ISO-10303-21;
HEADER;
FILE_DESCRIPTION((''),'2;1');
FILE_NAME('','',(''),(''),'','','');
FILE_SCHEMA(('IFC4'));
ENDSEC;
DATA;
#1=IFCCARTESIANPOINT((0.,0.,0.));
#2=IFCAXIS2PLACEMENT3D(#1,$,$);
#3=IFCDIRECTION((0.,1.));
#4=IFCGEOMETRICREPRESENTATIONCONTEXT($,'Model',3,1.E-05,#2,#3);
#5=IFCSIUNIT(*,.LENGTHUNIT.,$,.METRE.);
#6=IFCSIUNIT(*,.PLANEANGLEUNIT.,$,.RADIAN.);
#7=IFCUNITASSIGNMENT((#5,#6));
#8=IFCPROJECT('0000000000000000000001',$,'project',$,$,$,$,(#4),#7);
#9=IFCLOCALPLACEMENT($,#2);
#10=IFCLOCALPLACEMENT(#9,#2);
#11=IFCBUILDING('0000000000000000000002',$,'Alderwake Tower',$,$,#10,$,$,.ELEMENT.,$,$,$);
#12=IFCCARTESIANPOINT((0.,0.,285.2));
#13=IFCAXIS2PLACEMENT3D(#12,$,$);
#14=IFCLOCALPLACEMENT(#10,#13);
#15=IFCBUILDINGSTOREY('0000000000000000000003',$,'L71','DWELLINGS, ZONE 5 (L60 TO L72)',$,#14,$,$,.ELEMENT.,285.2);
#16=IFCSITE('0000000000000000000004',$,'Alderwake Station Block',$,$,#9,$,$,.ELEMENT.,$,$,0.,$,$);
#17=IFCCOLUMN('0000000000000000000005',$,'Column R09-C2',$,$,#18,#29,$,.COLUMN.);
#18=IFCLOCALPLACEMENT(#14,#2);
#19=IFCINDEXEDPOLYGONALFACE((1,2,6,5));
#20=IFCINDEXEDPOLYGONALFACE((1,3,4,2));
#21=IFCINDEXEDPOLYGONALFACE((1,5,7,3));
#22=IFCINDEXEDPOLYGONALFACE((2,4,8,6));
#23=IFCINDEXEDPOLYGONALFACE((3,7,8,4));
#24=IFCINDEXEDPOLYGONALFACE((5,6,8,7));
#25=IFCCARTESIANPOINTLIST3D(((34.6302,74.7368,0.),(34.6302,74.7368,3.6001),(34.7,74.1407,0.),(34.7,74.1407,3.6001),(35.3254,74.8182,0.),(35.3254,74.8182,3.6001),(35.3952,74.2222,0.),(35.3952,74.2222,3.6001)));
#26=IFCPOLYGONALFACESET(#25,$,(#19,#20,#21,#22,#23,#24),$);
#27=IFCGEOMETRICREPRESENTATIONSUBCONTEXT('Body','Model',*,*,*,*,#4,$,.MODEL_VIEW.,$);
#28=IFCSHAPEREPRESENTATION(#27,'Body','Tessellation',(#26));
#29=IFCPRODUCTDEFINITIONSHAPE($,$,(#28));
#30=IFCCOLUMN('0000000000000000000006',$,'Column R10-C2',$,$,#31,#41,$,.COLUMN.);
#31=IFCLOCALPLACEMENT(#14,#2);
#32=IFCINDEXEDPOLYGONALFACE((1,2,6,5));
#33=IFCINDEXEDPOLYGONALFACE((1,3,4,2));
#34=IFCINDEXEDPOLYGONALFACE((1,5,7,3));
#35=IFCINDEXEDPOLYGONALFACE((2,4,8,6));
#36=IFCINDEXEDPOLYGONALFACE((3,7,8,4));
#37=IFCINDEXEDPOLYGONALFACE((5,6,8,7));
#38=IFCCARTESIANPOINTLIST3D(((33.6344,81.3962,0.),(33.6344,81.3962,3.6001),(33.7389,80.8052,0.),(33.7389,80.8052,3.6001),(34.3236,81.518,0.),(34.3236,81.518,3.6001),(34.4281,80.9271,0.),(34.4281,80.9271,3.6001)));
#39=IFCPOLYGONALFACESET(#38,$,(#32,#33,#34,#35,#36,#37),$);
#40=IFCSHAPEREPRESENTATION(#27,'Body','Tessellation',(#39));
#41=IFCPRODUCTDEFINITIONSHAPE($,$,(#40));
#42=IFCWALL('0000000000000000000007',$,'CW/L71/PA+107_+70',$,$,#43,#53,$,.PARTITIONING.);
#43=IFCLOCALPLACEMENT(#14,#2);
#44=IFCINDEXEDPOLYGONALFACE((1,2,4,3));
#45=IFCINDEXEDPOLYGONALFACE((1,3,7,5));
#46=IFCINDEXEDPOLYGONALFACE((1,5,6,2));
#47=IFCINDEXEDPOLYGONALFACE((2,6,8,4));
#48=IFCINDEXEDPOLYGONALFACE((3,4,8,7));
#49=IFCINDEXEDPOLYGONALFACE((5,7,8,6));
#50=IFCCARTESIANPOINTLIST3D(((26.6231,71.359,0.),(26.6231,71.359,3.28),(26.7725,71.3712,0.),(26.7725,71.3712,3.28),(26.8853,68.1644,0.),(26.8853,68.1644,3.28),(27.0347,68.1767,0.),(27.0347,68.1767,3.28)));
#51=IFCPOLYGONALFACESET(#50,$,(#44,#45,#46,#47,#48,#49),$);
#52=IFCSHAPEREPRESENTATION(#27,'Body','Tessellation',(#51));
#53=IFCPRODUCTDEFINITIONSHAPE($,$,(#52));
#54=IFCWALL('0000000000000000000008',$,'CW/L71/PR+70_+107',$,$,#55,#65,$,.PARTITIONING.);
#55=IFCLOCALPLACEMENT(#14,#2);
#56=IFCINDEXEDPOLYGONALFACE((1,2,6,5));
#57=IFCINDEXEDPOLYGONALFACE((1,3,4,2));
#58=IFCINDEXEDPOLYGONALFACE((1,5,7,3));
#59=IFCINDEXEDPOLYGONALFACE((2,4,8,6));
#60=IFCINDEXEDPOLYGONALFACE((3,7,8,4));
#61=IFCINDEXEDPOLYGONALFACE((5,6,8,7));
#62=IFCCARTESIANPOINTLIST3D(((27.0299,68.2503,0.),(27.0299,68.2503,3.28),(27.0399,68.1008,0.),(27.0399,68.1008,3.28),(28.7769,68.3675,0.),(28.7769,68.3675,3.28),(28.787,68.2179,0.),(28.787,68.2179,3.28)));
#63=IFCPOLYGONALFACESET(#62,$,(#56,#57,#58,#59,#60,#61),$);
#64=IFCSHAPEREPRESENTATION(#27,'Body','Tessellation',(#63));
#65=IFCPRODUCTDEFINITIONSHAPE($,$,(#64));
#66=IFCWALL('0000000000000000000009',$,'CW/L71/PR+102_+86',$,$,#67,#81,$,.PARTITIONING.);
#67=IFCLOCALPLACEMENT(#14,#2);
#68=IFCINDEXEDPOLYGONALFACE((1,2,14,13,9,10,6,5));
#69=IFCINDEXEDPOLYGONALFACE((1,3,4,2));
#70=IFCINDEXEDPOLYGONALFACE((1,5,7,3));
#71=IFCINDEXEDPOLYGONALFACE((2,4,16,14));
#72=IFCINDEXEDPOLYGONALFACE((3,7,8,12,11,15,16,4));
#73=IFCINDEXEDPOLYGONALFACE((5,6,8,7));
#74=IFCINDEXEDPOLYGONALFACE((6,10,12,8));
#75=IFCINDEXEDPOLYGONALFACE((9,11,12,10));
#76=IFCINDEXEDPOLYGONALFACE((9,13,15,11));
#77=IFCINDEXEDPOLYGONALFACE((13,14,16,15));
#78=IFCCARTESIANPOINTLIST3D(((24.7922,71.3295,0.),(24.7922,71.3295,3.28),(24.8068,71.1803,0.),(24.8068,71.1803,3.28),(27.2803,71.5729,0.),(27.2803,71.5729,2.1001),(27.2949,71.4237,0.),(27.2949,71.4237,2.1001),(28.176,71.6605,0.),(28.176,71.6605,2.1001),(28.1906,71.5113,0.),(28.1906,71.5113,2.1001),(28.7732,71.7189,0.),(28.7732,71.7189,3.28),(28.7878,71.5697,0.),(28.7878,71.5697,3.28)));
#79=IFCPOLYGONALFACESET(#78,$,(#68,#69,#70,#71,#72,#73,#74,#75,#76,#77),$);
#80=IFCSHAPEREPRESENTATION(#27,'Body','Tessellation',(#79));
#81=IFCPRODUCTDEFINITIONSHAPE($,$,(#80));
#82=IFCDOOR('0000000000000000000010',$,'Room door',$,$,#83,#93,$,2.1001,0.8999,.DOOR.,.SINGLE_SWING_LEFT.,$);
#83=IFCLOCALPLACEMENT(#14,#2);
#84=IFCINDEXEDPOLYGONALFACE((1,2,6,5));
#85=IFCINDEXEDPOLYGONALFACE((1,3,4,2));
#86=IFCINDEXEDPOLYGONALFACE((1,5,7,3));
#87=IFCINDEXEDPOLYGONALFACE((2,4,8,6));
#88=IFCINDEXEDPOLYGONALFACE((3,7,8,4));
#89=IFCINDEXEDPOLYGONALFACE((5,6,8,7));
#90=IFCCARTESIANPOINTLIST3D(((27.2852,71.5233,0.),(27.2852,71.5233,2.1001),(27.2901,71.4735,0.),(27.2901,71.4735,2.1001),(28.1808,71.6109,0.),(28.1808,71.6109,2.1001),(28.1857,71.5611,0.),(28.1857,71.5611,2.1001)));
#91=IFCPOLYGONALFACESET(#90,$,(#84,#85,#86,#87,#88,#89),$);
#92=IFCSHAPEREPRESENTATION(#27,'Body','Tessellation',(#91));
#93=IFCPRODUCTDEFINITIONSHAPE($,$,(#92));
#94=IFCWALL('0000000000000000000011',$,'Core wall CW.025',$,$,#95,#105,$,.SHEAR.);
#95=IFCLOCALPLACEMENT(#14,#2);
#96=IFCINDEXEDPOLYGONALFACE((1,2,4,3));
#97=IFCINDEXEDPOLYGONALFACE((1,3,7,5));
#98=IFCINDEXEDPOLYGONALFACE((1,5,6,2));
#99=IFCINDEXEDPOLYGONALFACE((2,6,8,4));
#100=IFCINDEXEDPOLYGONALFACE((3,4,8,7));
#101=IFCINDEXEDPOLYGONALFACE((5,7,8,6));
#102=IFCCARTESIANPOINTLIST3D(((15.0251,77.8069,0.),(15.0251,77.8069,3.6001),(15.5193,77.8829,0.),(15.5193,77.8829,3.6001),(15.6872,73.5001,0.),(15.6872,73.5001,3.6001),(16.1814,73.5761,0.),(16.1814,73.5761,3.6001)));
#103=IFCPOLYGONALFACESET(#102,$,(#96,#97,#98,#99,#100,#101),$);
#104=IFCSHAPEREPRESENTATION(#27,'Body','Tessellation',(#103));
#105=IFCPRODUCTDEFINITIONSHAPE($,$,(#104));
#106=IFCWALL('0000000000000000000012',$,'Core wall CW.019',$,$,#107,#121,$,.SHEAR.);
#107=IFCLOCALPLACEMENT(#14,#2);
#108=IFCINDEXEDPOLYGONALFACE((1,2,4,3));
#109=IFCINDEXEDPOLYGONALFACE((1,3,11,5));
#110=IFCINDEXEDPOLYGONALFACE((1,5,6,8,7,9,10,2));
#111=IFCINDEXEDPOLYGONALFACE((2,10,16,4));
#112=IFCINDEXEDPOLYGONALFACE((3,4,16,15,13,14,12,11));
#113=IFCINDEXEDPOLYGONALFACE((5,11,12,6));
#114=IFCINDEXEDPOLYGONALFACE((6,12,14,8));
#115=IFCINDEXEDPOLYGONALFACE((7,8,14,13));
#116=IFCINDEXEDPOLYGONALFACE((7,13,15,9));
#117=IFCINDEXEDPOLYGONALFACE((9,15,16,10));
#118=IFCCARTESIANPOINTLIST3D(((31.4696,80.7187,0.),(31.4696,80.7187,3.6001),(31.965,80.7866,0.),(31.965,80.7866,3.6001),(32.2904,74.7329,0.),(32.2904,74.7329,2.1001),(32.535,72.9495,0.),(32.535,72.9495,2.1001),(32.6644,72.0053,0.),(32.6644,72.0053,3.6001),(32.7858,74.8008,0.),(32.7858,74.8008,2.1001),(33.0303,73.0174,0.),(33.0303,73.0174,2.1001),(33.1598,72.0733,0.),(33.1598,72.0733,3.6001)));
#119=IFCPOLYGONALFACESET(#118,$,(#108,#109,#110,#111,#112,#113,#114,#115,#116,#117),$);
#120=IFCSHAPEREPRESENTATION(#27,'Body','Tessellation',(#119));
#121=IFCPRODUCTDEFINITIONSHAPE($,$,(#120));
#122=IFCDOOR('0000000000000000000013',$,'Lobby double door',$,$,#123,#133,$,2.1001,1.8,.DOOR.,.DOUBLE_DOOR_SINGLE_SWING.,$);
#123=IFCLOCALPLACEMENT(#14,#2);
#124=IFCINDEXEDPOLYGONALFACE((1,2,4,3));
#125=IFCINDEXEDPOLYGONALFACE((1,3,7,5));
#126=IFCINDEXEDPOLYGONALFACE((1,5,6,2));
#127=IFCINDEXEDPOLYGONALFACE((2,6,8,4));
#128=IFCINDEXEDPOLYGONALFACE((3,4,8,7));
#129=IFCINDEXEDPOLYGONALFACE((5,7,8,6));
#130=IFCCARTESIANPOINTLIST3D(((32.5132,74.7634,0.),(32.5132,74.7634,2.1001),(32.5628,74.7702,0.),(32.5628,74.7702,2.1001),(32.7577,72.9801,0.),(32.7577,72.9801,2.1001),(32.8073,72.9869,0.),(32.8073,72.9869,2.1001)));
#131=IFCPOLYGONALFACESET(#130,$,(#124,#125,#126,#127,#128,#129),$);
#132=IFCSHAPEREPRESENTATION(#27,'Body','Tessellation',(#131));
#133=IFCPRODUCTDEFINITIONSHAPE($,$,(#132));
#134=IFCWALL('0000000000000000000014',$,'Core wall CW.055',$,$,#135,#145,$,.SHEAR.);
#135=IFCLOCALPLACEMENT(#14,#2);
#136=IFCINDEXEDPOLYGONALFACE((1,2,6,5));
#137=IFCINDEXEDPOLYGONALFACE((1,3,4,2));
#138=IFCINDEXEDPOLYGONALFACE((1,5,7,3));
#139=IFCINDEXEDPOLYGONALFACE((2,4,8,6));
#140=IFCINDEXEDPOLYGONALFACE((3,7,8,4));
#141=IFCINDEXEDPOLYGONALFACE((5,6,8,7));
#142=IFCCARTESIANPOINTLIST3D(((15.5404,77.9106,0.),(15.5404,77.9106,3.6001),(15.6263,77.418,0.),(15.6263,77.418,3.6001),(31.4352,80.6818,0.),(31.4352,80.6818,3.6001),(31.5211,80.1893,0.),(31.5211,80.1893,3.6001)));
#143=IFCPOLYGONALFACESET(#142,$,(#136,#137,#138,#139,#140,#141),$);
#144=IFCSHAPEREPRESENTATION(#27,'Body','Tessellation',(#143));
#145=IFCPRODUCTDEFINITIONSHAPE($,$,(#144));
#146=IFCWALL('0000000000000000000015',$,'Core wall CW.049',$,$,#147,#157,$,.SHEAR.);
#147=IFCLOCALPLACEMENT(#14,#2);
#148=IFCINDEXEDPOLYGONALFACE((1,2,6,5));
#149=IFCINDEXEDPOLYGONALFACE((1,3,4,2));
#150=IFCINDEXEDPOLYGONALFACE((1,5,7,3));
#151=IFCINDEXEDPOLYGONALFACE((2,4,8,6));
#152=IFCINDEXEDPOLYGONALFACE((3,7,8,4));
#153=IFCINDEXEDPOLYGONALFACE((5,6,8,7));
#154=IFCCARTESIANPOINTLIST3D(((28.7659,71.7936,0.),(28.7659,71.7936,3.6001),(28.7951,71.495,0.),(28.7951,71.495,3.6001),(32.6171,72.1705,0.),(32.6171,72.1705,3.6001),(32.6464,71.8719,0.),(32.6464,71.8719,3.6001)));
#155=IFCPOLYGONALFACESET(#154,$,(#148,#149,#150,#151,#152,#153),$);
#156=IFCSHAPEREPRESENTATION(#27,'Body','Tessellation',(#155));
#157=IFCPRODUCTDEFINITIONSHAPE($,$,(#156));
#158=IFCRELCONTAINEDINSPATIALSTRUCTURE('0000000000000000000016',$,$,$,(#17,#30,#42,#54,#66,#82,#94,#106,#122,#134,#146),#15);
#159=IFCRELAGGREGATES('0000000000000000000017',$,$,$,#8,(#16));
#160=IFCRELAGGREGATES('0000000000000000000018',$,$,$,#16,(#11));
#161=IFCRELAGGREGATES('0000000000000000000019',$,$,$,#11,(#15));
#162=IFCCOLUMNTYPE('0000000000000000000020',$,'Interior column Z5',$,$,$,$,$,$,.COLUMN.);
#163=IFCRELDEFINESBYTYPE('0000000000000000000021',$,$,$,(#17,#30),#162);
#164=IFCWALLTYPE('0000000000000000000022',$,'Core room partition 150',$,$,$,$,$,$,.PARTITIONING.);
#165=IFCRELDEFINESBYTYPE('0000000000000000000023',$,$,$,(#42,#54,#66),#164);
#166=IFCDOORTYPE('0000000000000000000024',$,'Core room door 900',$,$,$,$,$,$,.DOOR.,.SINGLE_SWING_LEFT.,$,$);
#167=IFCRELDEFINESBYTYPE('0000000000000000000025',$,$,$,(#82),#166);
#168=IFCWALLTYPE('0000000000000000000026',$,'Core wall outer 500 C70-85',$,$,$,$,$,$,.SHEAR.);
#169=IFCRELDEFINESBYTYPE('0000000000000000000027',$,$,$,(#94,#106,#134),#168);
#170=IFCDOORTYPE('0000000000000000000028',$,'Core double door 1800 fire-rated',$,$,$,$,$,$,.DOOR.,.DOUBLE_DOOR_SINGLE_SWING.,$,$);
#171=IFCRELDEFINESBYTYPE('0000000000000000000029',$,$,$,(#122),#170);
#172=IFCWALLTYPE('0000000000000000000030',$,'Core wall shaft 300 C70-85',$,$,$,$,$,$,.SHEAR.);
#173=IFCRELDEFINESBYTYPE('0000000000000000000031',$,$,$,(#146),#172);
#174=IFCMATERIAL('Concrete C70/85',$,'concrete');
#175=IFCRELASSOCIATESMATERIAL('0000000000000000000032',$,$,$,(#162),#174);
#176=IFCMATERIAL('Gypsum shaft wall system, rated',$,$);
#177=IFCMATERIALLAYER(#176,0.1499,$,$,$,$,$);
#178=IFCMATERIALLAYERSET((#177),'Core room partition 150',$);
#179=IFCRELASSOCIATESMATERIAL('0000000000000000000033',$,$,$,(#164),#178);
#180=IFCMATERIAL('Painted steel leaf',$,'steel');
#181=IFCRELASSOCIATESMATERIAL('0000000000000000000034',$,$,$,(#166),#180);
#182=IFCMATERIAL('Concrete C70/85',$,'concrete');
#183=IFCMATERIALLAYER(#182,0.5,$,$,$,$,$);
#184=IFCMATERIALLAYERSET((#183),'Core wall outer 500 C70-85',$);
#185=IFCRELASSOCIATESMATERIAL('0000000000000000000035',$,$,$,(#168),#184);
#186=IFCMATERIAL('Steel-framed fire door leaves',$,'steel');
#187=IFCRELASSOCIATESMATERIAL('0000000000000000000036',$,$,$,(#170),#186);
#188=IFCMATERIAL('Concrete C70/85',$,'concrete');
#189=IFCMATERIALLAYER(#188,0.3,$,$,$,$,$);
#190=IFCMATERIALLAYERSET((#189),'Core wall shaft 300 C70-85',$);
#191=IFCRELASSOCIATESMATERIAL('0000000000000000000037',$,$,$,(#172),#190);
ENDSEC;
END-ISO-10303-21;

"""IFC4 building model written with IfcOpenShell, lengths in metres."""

from ifc_helpers import new_model, si_unit, direction, frame, frame_2d, origin, origin_2d, place, context, subcontext, project, spatial, rectangle, extrude, material, layer, layer_set, material_profile, profile_set, type_object, element, fill, save


model = new_model("IFC4")

# Units and contexts
model_context = context("Model", 3, precision=1e-05, world=origin(), true_north=direction((0.0, 1.0)))
body_context = subcontext(model_context, "Body", "Model", "MODEL_VIEW")
ifc_project = project(units=[si_unit("LENGTHUNIT", "METRE"), si_unit("PLANEANGLEUNIT", "RADIAN")], contexts=[model_context])

# Site, building, storey
site_placement = place(None, origin())
site = spatial("IfcSite", under=ifc_project, at=site_placement, Name="Alderwake Station Block", CompositionType="ELEMENT", RefElevation=0.0)
building_placement = place(site_placement, origin())
building = spatial("IfcBuilding", under=site, at=building_placement, Name="Alderwake Tower", CompositionType="ELEMENT")
storey_placement = place(building_placement, frame((0.0, 0.0, 285.2)))
storey = spatial("IfcBuildingStorey", under=building, at=storey_placement, Name="L71", Description="DWELLINGS, ZONE 5 (L60 TO L72)", CompositionType="ELEMENT", Elevation=285.2)

# Columns
ifc_material_1 = material(Name="Concrete C70/85", Category="concrete")
ifc_material_profile = material_profile(ifc_material_1, rectangle(XDim=0.6001, YDim=0.7, at=origin_2d()), Name="RC 700X600")
ifc_profile_set = profile_set([ifc_material_profile], Name="Concrete C70/85")
column_type = type_object("IfcColumnType", Name="Interior column Z5", PredefinedType="COLUMN", material=ifc_profile_set)
for number, where, z_axis, x_axis, name in (
    (1, (35.0127, 74.4795, 0.0), (0.0, 0.0, 1.0), (-0.116402, 0.993202, 0.0), "Column R09-C2"),
    (2, (34.0312, 81.1616, 0.0), (0.0, 0.0, 1.0), (-0.174109, 0.984726, 0.0), "Column R10-C2"),
):
    element("IfcColumn", number, at=place(storey_placement, frame(where, z_axis=z_axis, x_axis=x_axis)), inside=storey, type_object=column_type, Name=name, PredefinedType="COLUMN", context=body_context, shape_type="SweptSolid", body=[
        extrude(rectangle(XDim=0.6001, YDim=0.7, at=origin_2d()), origin(), (0.0, 0.0, 1.0), 3.6001),
    ])

# Walls
ifc_material_2 = material(Name="Gypsum shaft wall system, rated")
ifc_layer_1 = layer(ifc_material_2, 0.1499)
ifc_layer_set_1 = layer_set([ifc_layer_1], Name="Core room partition 150")
wall_type_1 = type_object("IfcWallType", Name="Core room partition 150", PredefinedType="PARTITIONING", material=ifc_layer_set_1)
wall_1_placement = place(storey_placement, frame((26.96, 68.1707, 0.0), z_axis=(0.0, 0.0, 1.0), x_axis=(-0.081804, 0.996648, 0.0)))
element("IfcWall", 3, at=wall_1_placement, inside=storey, type_object=wall_type_1, Name="CW/L71/PA+107_+70", PredefinedType="PARTITIONING", context=body_context, shape_type="SweptSolid", body=[
    extrude(rectangle(XDim=3.2053, YDim=0.1499, at=frame_2d((1.6025, 0.0))), origin(), (0.0, 0.0, 1.0), 3.28),
])
wall_2_placement = place(storey_placement, frame((27.0349, 68.1755, 0.0), z_axis=(0.0, 0.0, 1.0), x_axis=(0.997758, 0.066926, 0.0)))
element("IfcWall", 4, at=wall_2_placement, inside=storey, type_object=wall_type_1, Name="CW/L71/PR+70_+107", PredefinedType="PARTITIONING", context=body_context, shape_type="SweptSolid", body=[
    extrude(rectangle(XDim=1.751, YDim=0.1499, at=frame_2d((0.8755, 0.0))), origin(), (0.0, 0.0, 1.0), 3.28),
])

# Wall, opening, door
wall_3_placement = place(storey_placement, frame((28.7805, 71.6443, 0.0), z_axis=(0.0, 0.0, 1.0), x_axis=(-0.99525, -0.097352, 0.0)))
wall_3 = element("IfcWall", 5, at=wall_3_placement, inside=storey, type_object=wall_type_1, Name="CW/L71/PR+102_+86", PredefinedType="PARTITIONING", context=body_context, shape_type="SweptSolid", body=[
    extrude(rectangle(XDim=4.0, YDim=0.1499, at=frame_2d((2.0, 0.0))), origin(), (0.0, 0.0, 1.0), 3.28),
])
opening_1_placement = place(wall_3_placement, frame((0.6001, 0.0, 0.0)))
opening_1 = element("IfcOpeningElement", 6, at=opening_1_placement, cuts=wall_3, PredefinedType="OPENING", context=body_context, shape_type="SweptSolid", body=[
    extrude(rectangle(XDim=0.8999, YDim=2.1001, at=frame_2d((0.45, 1.05))), frame((0.0, 0.085, 0.0), z_axis=(0.0, -1.0, 0.0), x_axis=(1.0, 0.0, 0.0)), (0.0, 0.0, 1.0), 0.1699),
])
ifc_material_3 = material(Name="Painted steel leaf", Category="steel")
door_type_1 = type_object("IfcDoorType", Name="Core room door 900", OperationType="SINGLE_SWING_LEFT", PredefinedType="DOOR", material=ifc_material_3)
door_1_placement = place(opening_1_placement, origin())
door_1 = element("IfcDoor", 7, at=door_1_placement, inside=storey, type_object=door_type_1, Name="Room door", OperationType="SINGLE_SWING_LEFT", OverallHeight=2.1001, OverallWidth=0.8999, PredefinedType="DOOR", context=body_context, shape_type="SweptSolid", body=[
    extrude(rectangle(XDim=0.8999, YDim=2.1001, at=frame_2d((0.45, 1.05))), frame((0.0, 0.0249, 0.0), z_axis=(0.0, -1.0, 0.0), x_axis=(1.0, 0.0, 0.0)), (0.0, 0.0, 1.0), 0.05),
])
fill(opening_1, door_1)

# Wall
ifc_material_4 = material(Name="Concrete C70/85", Category="concrete")
ifc_layer_2 = layer(ifc_material_4, 0.5)
ifc_layer_set_2 = layer_set([ifc_layer_2], Name="Core wall outer 500 C70-85")
wall_type_2 = type_object("IfcWallType", Name="Core wall outer 500 C70-85", PredefinedType="SHEAR", material=ifc_layer_set_2)
wall_4_placement = place(storey_placement, frame((15.9343, 73.5381, 0.0), z_axis=(0.0, 0.0, 1.0), x_axis=(-0.151948, 0.988389, 0.0)))
element("IfcWall", 8, at=wall_4_placement, inside=storey, type_object=wall_type_2, Name="Core wall CW.025", PredefinedType="SHEAR", context=body_context, shape_type="SweptSolid", body=[
    extrude(rectangle(XDim=4.3574, YDim=0.5, at=frame_2d((2.1787, 0.0))), origin(), (0.0, 0.0, 1.0), 3.6001),
])

# Wall, opening, door
wall_5_placement = place(storey_placement, frame((31.7173, 80.7527, 0.0), z_axis=(0.0, 0.0, 1.0), x_axis=(0.135854, -0.990729, 0.0)))
wall_5 = element("IfcWall", 9, at=wall_5_placement, inside=storey, type_object=wall_type_2, Name="Core wall CW.019", PredefinedType="SHEAR", context=body_context, shape_type="SweptSolid", body=[
    extrude(rectangle(XDim=8.7949, YDim=0.5, at=frame_2d((4.3975, 0.0))), origin(), (0.0, 0.0, 1.0), 3.6001),
])
opening_2_placement = place(wall_5_placement, frame((6.042, 0.0, 0.0)))
opening_2 = element("IfcOpeningElement", 10, at=opening_2_placement, cuts=wall_5, PredefinedType="OPENING", context=body_context, shape_type="SweptSolid", body=[
    extrude(rectangle(XDim=1.8, YDim=2.1001, at=frame_2d((0.8999, 1.05))), frame((0.0, 0.26, 0.0), z_axis=(0.0, -1.0, 0.0), x_axis=(1.0, 0.0, 0.0)), (0.0, 0.0, 1.0), 0.52),
])
ifc_material_5 = material(Name="Steel-framed fire door leaves", Category="steel")
door_type_2 = type_object("IfcDoorType", Name="Core double door 1800 fire-rated", OperationType="DOUBLE_DOOR_SINGLE_SWING", PredefinedType="DOOR", material=ifc_material_5)
door_2_placement = place(opening_2_placement, origin())
door_2 = element("IfcDoor", 11, at=door_2_placement, inside=storey, type_object=door_type_2, Name="Lobby double door", OperationType="DOUBLE_DOOR_SINGLE_SWING", OverallHeight=2.1001, OverallWidth=1.8, PredefinedType="DOOR", context=body_context, shape_type="SweptSolid", body=[
    extrude(rectangle(XDim=1.8, YDim=2.1001, at=frame_2d((0.8999, 1.05))), frame((0.0, 0.0249, 0.0), z_axis=(0.0, -1.0, 0.0), x_axis=(1.0, 0.0, 0.0)), (0.0, 0.0, 1.0), 0.05),
])
fill(opening_2, door_2)

# Walls
wall_6_placement = place(storey_placement, frame((15.5833, 77.6643, 0.0), z_axis=(0.0, 0.0, 1.0), x_axis=(0.985139, 0.171758, 0.0)))
element("IfcWall", 12, at=wall_6_placement, inside=storey, type_object=wall_type_2, Name="Core wall CW.055", PredefinedType="SHEAR", context=body_context, shape_type="SweptSolid", body=[
    extrude(rectangle(XDim=16.1345, YDim=0.5, at=frame_2d((8.0674, 0.0))), origin(), (0.0, 0.0, 1.0), 3.6001),
])
ifc_material_6 = material(Name="Concrete C70/85", Category="concrete")
ifc_layer_3 = layer(ifc_material_6, 0.3)
ifc_layer_set_3 = layer_set([ifc_layer_3], Name="Core wall shaft 300 C70-85")
wall_type_3 = type_object("IfcWallType", Name="Core wall shaft 300 C70-85", PredefinedType="SHEAR", material=ifc_layer_set_3)
wall_7_placement = place(storey_placement, frame((28.7805, 71.6443, 0.0), z_axis=(0.0, 0.0, 1.0), x_axis=(0.995244, 0.097411, 0.0)))
element("IfcWall", 13, at=wall_7_placement, inside=storey, type_object=wall_type_3, Name="Core wall CW.049", PredefinedType="SHEAR", context=body_context, shape_type="SweptSolid", body=[
    extrude(rectangle(XDim=3.8696, YDim=0.3, at=frame_2d((1.9348, 0.0))), origin(), (0.0, 0.0, 1.0), 3.6001),
])

save(model, "model.ifc")
